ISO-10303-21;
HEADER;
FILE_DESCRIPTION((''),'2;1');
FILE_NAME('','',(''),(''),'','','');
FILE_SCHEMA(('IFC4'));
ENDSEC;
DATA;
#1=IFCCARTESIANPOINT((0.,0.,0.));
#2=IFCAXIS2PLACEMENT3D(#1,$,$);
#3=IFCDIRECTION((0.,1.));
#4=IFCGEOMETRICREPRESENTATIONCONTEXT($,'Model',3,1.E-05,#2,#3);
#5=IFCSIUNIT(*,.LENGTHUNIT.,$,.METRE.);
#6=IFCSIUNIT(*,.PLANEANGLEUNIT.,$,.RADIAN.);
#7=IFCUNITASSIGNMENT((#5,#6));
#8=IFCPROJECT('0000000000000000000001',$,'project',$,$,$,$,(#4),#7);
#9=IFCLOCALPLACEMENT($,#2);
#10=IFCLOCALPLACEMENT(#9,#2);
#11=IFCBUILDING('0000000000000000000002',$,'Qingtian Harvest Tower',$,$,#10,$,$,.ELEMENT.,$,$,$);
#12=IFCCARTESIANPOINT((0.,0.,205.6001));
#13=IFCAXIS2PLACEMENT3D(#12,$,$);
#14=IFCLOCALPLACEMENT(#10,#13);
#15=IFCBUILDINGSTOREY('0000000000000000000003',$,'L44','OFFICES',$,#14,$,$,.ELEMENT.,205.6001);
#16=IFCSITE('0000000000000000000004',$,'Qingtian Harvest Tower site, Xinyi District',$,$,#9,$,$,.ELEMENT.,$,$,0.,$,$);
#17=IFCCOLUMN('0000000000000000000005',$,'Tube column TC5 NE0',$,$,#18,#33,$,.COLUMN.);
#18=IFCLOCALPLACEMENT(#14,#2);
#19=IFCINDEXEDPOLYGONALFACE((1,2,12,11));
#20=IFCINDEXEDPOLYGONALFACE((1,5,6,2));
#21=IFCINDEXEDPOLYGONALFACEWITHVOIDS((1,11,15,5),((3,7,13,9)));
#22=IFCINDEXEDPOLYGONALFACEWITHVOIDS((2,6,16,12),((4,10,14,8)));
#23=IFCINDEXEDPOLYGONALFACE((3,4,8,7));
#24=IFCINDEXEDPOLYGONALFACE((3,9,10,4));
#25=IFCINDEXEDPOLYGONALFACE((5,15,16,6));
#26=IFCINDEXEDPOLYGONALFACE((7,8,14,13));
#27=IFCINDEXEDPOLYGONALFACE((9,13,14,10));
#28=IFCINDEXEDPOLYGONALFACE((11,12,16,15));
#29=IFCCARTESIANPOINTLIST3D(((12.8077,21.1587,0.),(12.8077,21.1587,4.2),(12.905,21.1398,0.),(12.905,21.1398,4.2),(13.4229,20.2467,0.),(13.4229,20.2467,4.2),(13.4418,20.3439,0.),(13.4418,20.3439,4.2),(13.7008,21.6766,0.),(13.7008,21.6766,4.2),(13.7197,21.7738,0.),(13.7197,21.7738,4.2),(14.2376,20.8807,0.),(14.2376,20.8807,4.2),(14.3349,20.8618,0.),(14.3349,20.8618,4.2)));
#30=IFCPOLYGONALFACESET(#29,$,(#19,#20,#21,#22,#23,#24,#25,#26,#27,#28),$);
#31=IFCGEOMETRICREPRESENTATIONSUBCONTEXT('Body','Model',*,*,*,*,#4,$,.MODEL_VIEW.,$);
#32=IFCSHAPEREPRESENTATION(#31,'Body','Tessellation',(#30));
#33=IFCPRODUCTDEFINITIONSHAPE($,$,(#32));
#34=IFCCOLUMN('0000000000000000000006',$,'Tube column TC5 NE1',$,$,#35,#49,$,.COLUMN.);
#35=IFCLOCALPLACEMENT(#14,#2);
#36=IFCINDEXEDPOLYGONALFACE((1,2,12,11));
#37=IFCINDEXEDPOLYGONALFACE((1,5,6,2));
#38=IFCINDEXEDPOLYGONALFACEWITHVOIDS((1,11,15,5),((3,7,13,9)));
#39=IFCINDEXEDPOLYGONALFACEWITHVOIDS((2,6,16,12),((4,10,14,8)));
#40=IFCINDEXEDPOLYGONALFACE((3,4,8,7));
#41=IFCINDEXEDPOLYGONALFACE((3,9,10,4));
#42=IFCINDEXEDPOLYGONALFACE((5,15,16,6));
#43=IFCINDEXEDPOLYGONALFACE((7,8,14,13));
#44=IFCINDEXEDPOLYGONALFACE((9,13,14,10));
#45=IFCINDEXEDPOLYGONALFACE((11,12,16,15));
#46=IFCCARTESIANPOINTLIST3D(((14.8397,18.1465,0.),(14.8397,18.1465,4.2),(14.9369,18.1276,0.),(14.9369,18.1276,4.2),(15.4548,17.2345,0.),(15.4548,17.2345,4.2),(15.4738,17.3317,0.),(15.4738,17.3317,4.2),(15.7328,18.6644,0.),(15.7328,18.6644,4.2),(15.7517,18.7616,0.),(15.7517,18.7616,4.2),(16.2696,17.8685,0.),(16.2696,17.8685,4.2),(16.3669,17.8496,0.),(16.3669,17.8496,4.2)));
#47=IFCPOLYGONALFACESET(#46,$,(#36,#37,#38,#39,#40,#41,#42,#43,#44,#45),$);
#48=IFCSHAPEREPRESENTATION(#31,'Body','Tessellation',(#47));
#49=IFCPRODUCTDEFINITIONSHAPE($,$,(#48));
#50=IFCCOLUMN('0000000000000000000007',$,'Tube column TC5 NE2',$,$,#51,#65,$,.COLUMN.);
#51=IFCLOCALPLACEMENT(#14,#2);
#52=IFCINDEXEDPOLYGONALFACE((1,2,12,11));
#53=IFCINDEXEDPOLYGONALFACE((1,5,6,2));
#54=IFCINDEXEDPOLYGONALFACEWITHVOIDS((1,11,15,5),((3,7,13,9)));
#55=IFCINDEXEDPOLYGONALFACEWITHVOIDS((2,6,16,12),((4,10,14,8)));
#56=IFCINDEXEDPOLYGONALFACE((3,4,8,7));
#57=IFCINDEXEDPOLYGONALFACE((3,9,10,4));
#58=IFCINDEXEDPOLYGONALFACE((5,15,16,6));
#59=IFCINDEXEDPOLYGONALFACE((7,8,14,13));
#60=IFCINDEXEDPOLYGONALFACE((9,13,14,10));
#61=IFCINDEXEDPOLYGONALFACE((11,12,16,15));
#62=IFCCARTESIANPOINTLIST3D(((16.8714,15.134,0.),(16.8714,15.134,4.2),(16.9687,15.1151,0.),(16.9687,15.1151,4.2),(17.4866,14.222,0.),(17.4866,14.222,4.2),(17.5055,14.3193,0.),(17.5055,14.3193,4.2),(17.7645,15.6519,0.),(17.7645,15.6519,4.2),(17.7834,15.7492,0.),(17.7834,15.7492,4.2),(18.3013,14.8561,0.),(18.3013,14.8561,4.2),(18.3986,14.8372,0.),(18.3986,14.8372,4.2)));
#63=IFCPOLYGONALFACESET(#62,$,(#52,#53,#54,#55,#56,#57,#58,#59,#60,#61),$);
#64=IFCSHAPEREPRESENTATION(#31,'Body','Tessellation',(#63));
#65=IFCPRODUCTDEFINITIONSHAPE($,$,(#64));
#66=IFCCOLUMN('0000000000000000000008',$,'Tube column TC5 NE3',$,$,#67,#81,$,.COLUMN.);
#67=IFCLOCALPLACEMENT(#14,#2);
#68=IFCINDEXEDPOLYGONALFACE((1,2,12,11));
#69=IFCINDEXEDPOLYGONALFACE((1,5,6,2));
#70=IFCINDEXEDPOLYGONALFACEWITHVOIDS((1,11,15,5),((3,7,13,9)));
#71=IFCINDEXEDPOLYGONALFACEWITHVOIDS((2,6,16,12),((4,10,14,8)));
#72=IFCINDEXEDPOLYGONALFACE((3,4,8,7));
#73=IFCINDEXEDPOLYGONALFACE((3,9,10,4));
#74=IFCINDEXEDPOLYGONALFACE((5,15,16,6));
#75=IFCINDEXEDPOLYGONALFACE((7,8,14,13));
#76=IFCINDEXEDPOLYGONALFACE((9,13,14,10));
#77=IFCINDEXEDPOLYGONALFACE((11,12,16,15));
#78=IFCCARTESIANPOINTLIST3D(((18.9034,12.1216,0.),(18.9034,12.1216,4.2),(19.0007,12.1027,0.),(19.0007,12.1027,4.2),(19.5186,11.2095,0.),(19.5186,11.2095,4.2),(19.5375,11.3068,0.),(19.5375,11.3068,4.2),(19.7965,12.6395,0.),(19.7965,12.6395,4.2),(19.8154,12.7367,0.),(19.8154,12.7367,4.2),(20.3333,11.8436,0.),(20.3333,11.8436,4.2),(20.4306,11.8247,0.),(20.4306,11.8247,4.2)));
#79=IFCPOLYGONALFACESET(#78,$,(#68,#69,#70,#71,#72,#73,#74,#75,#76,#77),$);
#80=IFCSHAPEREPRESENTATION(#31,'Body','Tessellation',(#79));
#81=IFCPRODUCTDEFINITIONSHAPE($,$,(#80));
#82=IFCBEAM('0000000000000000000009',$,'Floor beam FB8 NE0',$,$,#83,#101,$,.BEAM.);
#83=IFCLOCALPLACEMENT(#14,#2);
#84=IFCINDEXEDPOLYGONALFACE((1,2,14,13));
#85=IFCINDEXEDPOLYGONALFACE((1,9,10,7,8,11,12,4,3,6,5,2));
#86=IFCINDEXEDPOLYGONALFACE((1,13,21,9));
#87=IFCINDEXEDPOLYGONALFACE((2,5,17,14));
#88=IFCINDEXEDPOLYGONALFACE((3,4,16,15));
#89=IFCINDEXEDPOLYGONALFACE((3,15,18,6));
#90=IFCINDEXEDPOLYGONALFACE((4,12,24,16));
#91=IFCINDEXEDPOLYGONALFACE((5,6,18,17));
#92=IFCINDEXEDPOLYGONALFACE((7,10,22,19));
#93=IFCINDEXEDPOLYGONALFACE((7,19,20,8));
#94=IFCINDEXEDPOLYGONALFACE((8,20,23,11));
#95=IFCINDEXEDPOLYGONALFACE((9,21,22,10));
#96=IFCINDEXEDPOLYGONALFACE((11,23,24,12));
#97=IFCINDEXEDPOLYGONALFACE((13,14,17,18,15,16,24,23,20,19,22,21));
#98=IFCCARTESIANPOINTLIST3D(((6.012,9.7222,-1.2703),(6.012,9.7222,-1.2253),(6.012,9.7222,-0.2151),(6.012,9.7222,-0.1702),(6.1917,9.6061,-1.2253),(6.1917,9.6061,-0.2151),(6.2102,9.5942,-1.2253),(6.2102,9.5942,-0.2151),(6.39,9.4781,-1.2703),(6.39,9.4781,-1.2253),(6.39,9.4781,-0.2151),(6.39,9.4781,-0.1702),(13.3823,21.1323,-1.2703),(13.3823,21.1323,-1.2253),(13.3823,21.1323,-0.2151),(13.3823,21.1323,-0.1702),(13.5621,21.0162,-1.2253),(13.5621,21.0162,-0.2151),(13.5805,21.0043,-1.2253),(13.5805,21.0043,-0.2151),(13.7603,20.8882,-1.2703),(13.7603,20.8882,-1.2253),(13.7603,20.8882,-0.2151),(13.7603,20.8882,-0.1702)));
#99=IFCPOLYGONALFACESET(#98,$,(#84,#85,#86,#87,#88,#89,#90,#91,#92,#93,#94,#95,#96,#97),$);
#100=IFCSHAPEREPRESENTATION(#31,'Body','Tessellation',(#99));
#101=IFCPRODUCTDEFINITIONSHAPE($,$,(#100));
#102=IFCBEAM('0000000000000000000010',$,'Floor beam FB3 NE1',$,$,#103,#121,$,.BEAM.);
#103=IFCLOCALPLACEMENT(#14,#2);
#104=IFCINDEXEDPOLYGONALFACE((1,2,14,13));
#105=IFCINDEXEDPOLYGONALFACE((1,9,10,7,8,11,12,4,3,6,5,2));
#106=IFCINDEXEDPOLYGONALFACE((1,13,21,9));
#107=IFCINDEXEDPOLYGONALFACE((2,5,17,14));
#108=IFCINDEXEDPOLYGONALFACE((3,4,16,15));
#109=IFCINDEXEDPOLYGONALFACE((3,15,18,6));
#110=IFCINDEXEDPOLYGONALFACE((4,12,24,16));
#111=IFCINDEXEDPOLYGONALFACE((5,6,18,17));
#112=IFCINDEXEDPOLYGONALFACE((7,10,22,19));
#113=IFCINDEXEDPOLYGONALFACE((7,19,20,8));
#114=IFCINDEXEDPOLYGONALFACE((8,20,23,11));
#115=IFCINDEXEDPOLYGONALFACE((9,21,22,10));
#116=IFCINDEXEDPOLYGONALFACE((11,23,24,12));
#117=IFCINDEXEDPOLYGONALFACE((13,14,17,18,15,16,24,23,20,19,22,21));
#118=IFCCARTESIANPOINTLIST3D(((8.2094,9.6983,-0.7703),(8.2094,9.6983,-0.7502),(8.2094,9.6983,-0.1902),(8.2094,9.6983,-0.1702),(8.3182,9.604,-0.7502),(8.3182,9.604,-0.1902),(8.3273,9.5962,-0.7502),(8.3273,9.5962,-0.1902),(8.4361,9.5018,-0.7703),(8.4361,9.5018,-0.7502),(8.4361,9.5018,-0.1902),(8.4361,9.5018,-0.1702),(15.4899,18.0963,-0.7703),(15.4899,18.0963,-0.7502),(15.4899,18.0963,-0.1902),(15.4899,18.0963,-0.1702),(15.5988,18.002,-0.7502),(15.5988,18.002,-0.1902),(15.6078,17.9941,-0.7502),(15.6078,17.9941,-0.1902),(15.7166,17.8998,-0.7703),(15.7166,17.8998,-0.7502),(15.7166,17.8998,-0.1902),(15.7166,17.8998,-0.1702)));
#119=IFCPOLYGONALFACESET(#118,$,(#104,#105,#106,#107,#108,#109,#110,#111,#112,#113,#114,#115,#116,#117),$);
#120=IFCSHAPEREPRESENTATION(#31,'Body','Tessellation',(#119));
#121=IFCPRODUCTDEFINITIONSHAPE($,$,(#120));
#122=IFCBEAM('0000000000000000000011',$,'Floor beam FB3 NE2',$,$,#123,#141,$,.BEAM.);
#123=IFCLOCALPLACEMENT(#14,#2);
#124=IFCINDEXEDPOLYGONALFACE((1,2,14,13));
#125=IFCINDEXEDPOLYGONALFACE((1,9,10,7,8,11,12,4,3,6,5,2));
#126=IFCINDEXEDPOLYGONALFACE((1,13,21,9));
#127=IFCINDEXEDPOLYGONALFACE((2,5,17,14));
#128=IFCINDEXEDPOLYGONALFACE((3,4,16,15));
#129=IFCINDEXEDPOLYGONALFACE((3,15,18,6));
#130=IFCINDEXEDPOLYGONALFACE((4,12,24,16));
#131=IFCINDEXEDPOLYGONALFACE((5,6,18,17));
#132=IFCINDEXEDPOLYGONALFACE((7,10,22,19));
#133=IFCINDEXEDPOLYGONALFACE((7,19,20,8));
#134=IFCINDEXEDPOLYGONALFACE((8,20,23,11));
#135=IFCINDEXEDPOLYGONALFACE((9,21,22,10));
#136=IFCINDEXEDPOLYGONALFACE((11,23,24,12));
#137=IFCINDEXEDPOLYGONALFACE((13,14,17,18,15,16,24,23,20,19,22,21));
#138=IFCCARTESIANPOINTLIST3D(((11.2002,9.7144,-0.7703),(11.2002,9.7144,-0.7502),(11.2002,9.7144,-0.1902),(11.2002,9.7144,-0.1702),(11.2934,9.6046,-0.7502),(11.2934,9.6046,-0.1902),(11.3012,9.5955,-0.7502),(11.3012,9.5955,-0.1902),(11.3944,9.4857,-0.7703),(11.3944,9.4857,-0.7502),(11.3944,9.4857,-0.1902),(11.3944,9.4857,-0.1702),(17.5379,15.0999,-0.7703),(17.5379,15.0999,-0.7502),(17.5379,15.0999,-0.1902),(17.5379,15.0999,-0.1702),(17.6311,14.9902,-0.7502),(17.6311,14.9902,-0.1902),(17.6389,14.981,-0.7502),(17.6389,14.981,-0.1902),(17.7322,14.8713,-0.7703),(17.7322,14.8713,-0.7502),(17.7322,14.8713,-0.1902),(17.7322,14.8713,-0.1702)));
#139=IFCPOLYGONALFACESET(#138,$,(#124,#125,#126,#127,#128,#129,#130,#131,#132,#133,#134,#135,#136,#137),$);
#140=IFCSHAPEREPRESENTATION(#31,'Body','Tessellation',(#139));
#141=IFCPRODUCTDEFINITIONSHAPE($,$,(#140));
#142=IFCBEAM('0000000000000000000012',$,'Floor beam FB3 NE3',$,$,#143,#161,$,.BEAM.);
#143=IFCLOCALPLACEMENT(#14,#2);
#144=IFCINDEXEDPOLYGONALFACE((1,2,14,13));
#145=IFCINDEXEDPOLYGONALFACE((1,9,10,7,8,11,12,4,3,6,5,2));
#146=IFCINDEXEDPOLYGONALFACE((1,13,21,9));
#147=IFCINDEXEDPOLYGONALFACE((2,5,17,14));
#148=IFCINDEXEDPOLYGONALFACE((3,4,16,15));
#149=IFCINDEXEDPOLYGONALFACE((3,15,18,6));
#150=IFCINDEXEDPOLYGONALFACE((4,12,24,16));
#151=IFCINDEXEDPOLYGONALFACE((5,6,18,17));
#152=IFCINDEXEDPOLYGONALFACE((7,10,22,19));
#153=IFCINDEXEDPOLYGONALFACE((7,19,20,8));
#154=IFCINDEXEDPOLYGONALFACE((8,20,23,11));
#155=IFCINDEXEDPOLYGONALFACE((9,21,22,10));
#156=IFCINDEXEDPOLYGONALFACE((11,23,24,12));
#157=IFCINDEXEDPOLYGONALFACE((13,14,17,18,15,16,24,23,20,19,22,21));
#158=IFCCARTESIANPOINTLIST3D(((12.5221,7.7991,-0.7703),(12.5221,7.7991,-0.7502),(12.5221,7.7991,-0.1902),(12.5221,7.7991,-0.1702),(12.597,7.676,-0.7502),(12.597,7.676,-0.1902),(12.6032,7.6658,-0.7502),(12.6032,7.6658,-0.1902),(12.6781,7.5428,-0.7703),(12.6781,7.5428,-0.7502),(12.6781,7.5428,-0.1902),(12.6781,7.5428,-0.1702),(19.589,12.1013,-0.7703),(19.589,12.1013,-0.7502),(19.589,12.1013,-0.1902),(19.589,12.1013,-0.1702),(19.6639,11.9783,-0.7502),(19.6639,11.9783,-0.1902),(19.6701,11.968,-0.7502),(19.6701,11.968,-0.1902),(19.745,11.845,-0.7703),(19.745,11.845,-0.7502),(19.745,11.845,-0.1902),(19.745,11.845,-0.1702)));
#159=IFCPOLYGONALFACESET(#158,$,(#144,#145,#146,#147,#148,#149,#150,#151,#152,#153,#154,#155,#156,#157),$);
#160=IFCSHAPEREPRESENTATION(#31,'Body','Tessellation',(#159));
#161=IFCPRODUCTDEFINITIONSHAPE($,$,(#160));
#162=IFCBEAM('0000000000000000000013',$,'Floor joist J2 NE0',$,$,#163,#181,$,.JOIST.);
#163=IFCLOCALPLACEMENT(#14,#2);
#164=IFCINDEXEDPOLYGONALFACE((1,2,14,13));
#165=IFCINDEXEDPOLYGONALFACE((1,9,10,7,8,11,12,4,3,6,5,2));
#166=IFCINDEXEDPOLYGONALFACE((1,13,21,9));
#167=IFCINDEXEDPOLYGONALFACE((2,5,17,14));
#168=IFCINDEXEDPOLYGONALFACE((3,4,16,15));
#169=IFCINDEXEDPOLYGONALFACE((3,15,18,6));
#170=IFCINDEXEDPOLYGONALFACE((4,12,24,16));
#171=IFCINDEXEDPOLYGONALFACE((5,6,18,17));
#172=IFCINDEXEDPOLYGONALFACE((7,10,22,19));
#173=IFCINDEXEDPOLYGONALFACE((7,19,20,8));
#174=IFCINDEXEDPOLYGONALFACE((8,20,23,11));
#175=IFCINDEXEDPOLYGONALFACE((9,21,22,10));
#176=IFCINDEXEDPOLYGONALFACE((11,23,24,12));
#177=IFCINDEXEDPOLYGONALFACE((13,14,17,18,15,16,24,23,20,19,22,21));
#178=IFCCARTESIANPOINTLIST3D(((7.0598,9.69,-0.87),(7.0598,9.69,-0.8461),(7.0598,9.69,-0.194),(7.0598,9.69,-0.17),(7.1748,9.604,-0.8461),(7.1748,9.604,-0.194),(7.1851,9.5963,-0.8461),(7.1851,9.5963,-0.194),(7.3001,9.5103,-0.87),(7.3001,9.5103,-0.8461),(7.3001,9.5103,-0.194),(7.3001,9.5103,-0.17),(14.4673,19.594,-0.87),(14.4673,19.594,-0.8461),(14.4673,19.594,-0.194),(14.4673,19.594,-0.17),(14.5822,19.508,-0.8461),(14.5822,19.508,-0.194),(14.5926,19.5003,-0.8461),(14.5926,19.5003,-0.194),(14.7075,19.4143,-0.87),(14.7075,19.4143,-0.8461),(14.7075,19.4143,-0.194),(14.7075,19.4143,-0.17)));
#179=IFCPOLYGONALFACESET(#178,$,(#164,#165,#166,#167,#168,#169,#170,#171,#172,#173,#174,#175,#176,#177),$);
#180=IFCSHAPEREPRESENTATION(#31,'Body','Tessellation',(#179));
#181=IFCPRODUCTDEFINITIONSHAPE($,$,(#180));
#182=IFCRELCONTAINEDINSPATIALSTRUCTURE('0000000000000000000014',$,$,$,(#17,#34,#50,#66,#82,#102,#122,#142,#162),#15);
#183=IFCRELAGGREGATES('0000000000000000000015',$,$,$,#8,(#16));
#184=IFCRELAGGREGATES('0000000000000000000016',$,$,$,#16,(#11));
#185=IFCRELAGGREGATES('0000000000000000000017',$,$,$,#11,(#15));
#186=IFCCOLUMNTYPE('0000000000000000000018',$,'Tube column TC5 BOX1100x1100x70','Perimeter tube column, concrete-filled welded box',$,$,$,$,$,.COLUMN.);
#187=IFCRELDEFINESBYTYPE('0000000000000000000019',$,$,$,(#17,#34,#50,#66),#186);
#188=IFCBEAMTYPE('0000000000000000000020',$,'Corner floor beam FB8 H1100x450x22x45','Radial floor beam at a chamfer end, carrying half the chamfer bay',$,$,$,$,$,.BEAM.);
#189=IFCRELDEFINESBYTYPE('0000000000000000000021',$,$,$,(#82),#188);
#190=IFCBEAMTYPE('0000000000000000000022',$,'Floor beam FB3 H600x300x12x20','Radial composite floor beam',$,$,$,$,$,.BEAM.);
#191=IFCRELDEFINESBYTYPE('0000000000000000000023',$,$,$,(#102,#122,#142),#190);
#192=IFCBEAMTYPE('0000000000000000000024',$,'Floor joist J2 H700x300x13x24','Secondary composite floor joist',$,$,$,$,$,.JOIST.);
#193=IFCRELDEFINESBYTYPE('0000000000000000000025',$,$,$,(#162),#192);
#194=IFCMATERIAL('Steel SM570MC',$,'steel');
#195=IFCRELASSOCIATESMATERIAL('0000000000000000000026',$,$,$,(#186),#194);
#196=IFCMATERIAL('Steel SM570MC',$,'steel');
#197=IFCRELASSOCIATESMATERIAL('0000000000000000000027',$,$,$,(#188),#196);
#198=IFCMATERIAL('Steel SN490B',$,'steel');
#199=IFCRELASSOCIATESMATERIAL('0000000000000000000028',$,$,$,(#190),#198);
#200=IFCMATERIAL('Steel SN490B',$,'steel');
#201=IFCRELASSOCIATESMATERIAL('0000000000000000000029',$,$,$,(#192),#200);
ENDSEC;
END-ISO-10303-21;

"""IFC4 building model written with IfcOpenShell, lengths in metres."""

from ifc_helpers import new_model, si_unit, direction, frame, origin, origin_2d, place, context, subcontext, project, spatial, hollow_rectangle, i_section, extrude, material, material_profile, profile_set, type_object, element, save


model = new_model("IFC4")

# Units and contexts
model_context = context("Model", 3, precision=1e-05, world=origin(), true_north=direction((0.0, 1.0)))
body_context = subcontext(model_context, "Body", "Model", "MODEL_VIEW")
ifc_project = project(units=[si_unit("LENGTHUNIT", "METRE"), si_unit("PLANEANGLEUNIT", "RADIAN")], contexts=[model_context])

# Site, building, storey
site_placement = place(None, origin())
site = spatial("IfcSite", under=ifc_project, at=site_placement, Name="Qingtian Harvest Tower site, Xinyi District", CompositionType="ELEMENT", RefElevation=0.0)
building_placement = place(site_placement, origin())
building = spatial("IfcBuilding", under=site, at=building_placement, Name="Qingtian Harvest Tower", CompositionType="ELEMENT")
storey_placement = place(building_placement, frame((0.0, 0.0, 205.6001)))
storey = spatial("IfcBuildingStorey", under=building, at=storey_placement, Name="L44", Description="OFFICES", CompositionType="ELEMENT", Elevation=205.6001)

# Columns
ifc_material_1 = material(Name="Steel SM570MC", Category="steel")
ifc_material_profile_1 = material_profile(ifc_material_1, hollow_rectangle(XDim=1.1001, YDim=1.1001, WallThickness=0.0701, at=origin_2d()), Name="BOX1100x1100x70")
ifc_profile_set_1 = profile_set([ifc_material_profile_1], Name="Steel SM570MC")
column_type = type_object("IfcColumnType", Name="Tube column TC5 BOX1100x1100x70", Description="Perimeter tube column, concrete-filled welded box", PredefinedType="COLUMN", material=ifc_profile_set_1)
for number, where, z_axis, x_axis, name in (
    (1, (13.5713, 21.0103, 0.0), (0.0, 0.0, 1.0), (-0.559193, 0.829038, 0.0), "Tube column TC5 NE0"),
    (2, (15.6033, 17.998, 0.0), (0.0, 0.0, 1.0), (-0.559193, 0.829038, 0.0), "Tube column TC5 NE1"),
    (3, (17.635, 14.9856, 0.0), (0.0, 0.0, 1.0), (-0.559193, 0.829038, 0.0), "Tube column TC5 NE2"),
    (4, (19.667, 11.9731, 0.0), (0.0, 0.0, 1.0), (-0.559193, 0.829038, 0.0), "Tube column TC5 NE3"),
):
    element("IfcColumn", number, at=place(storey_placement, frame(where, z_axis=z_axis, x_axis=x_axis)), inside=storey, type_object=column_type, Name=name, PredefinedType="COLUMN", context=body_context, shape_type="SweptSolid", body=[
        extrude(hollow_rectangle(XDim=1.1001, YDim=1.1001, WallThickness=0.0701, at=origin_2d()), origin(), (0.0, 0.0, 1.0), 4.2),
    ])

# Beams
ifc_material_2 = material(Name="Steel SM570MC", Category="steel")
ifc_material_profile_2 = material_profile(ifc_material_2, i_section(OverallWidth=0.45, OverallDepth=1.1001, WebThickness=0.022, FlangeThickness=0.0449, at=origin_2d()), Name="H1100x450x22x45")
ifc_profile_set_2 = profile_set([ifc_material_profile_2], Name="Steel SM570MC")
beam_type_1 = type_object("IfcBeamType", Name="Corner floor beam FB8 H1100x450x22x45", Description="Radial floor beam at a chamfer end, carrying half the chamfer bay", PredefinedType="BEAM", material=ifc_profile_set_2)
beam_1_placement = place(storey_placement, frame((13.5713, 21.0103, -0.7202), z_axis=(-0.542593, -0.839996, 0.0), x_axis=(0.839996, -0.542593, 0.0)))
element("IfcBeam", 5, at=beam_1_placement, inside=storey, type_object=beam_type_1, Name="Floor beam FB8 NE0", PredefinedType="BEAM", context=body_context, shape_type="SweptSolid", body=[
    extrude(i_section(OverallWidth=0.45, OverallDepth=1.1001, WebThickness=0.022, FlangeThickness=0.0449, at=origin_2d()), origin(), (0.0, 0.0, 1.0), 13.5835),
])
ifc_material_3 = material(Name="Steel SN490B", Category="steel")
ifc_material_profile_3 = material_profile(ifc_material_3, i_section(OverallWidth=0.3, OverallDepth=0.6001, WebThickness=0.012, FlangeThickness=0.02, at=origin_2d()), Name="H600x300x12x20")
ifc_profile_set_3 = profile_set([ifc_material_profile_3], Name="Steel SN490B")
beam_type_2 = type_object("IfcBeamType", Name="Floor beam FB3 H600x300x12x20", Description="Radial composite floor beam", PredefinedType="BEAM", material=ifc_profile_set_3)
beam_2_placement = place(storey_placement, frame((15.6033, 17.998, -0.4702), z_axis=(-0.655048, -0.755587, 0.0), x_axis=(0.755587, -0.655048, 0.0)))
element("IfcBeam", 6, at=beam_2_placement, inside=storey, type_object=beam_type_2, Name="Floor beam FB3 NE1", PredefinedType="BEAM", context=body_context, shape_type="SweptSolid", body=[
    extrude(i_section(OverallWidth=0.3, OverallDepth=0.6001, WebThickness=0.012, FlangeThickness=0.02, at=origin_2d()), origin(), (0.0, 0.0, 1.0), 11.1145),
])
beam_3_placement = place(storey_placement, frame((17.635, 14.9856, -0.4702), z_axis=(-0.762028, -0.647544, 0.0), x_axis=(0.647544, -0.762028, 0.0)))
element("IfcBeam", 7, at=beam_3_placement, inside=storey, type_object=beam_type_2, Name="Floor beam FB3 NE2", PredefinedType="BEAM", context=body_context, shape_type="SweptSolid", body=[
    extrude(i_section(OverallWidth=0.3, OverallDepth=0.6001, WebThickness=0.012, FlangeThickness=0.02, at=origin_2d()), origin(), (0.0, 0.0, 1.0), 8.3169),
])
beam_4_placement = place(storey_placement, frame((19.667, 11.9731, -0.4702), z_axis=(-0.854163, -0.520005, 0.0), x_axis=(0.520005, -0.854163, 0.0)))
element("IfcBeam", 8, at=beam_4_placement, inside=storey, type_object=beam_type_2, Name="Floor beam FB3 NE3", PredefinedType="BEAM", context=body_context, shape_type="SweptSolid", body=[
    extrude(i_section(OverallWidth=0.3, OverallDepth=0.6001, WebThickness=0.012, FlangeThickness=0.02, at=origin_2d()), origin(), (0.0, 0.0, 1.0), 8.2734),
])
ifc_material_4 = material(Name="Steel SN490B", Category="steel")
ifc_material_profile_4 = material_profile(ifc_material_4, i_section(OverallWidth=0.3, OverallDepth=0.7, WebThickness=0.0129, FlangeThickness=0.0239, at=origin_2d()), Name="H700x300x13x24")
ifc_profile_set_4 = profile_set([ifc_material_profile_4], Name="Steel SN490B")
beam_type_3 = type_object("IfcBeamType", Name="Floor joist J2 H700x300x13x24", Description="Secondary composite floor joist", PredefinedType="JOIST", material=ifc_profile_set_4)
beam_5_placement = place(storey_placement, frame((14.5874, 19.5042, -0.52), z_axis=(-0.598935, -0.800798, 0.0), x_axis=(0.800798, -0.598935, 0.0)))
element("IfcBeam", 9, at=beam_5_placement, inside=storey, type_object=beam_type_3, Name="Floor joist J2 NE0", PredefinedType="JOIST", context=body_context, shape_type="SweptSolid", body=[
    extrude(i_section(OverallWidth=0.3, OverallDepth=0.7, WebThickness=0.0129, FlangeThickness=0.0239, at=origin_2d()), origin(), (0.0, 0.0, 1.0), 12.3677),
])

save(model, "model.ifc")
